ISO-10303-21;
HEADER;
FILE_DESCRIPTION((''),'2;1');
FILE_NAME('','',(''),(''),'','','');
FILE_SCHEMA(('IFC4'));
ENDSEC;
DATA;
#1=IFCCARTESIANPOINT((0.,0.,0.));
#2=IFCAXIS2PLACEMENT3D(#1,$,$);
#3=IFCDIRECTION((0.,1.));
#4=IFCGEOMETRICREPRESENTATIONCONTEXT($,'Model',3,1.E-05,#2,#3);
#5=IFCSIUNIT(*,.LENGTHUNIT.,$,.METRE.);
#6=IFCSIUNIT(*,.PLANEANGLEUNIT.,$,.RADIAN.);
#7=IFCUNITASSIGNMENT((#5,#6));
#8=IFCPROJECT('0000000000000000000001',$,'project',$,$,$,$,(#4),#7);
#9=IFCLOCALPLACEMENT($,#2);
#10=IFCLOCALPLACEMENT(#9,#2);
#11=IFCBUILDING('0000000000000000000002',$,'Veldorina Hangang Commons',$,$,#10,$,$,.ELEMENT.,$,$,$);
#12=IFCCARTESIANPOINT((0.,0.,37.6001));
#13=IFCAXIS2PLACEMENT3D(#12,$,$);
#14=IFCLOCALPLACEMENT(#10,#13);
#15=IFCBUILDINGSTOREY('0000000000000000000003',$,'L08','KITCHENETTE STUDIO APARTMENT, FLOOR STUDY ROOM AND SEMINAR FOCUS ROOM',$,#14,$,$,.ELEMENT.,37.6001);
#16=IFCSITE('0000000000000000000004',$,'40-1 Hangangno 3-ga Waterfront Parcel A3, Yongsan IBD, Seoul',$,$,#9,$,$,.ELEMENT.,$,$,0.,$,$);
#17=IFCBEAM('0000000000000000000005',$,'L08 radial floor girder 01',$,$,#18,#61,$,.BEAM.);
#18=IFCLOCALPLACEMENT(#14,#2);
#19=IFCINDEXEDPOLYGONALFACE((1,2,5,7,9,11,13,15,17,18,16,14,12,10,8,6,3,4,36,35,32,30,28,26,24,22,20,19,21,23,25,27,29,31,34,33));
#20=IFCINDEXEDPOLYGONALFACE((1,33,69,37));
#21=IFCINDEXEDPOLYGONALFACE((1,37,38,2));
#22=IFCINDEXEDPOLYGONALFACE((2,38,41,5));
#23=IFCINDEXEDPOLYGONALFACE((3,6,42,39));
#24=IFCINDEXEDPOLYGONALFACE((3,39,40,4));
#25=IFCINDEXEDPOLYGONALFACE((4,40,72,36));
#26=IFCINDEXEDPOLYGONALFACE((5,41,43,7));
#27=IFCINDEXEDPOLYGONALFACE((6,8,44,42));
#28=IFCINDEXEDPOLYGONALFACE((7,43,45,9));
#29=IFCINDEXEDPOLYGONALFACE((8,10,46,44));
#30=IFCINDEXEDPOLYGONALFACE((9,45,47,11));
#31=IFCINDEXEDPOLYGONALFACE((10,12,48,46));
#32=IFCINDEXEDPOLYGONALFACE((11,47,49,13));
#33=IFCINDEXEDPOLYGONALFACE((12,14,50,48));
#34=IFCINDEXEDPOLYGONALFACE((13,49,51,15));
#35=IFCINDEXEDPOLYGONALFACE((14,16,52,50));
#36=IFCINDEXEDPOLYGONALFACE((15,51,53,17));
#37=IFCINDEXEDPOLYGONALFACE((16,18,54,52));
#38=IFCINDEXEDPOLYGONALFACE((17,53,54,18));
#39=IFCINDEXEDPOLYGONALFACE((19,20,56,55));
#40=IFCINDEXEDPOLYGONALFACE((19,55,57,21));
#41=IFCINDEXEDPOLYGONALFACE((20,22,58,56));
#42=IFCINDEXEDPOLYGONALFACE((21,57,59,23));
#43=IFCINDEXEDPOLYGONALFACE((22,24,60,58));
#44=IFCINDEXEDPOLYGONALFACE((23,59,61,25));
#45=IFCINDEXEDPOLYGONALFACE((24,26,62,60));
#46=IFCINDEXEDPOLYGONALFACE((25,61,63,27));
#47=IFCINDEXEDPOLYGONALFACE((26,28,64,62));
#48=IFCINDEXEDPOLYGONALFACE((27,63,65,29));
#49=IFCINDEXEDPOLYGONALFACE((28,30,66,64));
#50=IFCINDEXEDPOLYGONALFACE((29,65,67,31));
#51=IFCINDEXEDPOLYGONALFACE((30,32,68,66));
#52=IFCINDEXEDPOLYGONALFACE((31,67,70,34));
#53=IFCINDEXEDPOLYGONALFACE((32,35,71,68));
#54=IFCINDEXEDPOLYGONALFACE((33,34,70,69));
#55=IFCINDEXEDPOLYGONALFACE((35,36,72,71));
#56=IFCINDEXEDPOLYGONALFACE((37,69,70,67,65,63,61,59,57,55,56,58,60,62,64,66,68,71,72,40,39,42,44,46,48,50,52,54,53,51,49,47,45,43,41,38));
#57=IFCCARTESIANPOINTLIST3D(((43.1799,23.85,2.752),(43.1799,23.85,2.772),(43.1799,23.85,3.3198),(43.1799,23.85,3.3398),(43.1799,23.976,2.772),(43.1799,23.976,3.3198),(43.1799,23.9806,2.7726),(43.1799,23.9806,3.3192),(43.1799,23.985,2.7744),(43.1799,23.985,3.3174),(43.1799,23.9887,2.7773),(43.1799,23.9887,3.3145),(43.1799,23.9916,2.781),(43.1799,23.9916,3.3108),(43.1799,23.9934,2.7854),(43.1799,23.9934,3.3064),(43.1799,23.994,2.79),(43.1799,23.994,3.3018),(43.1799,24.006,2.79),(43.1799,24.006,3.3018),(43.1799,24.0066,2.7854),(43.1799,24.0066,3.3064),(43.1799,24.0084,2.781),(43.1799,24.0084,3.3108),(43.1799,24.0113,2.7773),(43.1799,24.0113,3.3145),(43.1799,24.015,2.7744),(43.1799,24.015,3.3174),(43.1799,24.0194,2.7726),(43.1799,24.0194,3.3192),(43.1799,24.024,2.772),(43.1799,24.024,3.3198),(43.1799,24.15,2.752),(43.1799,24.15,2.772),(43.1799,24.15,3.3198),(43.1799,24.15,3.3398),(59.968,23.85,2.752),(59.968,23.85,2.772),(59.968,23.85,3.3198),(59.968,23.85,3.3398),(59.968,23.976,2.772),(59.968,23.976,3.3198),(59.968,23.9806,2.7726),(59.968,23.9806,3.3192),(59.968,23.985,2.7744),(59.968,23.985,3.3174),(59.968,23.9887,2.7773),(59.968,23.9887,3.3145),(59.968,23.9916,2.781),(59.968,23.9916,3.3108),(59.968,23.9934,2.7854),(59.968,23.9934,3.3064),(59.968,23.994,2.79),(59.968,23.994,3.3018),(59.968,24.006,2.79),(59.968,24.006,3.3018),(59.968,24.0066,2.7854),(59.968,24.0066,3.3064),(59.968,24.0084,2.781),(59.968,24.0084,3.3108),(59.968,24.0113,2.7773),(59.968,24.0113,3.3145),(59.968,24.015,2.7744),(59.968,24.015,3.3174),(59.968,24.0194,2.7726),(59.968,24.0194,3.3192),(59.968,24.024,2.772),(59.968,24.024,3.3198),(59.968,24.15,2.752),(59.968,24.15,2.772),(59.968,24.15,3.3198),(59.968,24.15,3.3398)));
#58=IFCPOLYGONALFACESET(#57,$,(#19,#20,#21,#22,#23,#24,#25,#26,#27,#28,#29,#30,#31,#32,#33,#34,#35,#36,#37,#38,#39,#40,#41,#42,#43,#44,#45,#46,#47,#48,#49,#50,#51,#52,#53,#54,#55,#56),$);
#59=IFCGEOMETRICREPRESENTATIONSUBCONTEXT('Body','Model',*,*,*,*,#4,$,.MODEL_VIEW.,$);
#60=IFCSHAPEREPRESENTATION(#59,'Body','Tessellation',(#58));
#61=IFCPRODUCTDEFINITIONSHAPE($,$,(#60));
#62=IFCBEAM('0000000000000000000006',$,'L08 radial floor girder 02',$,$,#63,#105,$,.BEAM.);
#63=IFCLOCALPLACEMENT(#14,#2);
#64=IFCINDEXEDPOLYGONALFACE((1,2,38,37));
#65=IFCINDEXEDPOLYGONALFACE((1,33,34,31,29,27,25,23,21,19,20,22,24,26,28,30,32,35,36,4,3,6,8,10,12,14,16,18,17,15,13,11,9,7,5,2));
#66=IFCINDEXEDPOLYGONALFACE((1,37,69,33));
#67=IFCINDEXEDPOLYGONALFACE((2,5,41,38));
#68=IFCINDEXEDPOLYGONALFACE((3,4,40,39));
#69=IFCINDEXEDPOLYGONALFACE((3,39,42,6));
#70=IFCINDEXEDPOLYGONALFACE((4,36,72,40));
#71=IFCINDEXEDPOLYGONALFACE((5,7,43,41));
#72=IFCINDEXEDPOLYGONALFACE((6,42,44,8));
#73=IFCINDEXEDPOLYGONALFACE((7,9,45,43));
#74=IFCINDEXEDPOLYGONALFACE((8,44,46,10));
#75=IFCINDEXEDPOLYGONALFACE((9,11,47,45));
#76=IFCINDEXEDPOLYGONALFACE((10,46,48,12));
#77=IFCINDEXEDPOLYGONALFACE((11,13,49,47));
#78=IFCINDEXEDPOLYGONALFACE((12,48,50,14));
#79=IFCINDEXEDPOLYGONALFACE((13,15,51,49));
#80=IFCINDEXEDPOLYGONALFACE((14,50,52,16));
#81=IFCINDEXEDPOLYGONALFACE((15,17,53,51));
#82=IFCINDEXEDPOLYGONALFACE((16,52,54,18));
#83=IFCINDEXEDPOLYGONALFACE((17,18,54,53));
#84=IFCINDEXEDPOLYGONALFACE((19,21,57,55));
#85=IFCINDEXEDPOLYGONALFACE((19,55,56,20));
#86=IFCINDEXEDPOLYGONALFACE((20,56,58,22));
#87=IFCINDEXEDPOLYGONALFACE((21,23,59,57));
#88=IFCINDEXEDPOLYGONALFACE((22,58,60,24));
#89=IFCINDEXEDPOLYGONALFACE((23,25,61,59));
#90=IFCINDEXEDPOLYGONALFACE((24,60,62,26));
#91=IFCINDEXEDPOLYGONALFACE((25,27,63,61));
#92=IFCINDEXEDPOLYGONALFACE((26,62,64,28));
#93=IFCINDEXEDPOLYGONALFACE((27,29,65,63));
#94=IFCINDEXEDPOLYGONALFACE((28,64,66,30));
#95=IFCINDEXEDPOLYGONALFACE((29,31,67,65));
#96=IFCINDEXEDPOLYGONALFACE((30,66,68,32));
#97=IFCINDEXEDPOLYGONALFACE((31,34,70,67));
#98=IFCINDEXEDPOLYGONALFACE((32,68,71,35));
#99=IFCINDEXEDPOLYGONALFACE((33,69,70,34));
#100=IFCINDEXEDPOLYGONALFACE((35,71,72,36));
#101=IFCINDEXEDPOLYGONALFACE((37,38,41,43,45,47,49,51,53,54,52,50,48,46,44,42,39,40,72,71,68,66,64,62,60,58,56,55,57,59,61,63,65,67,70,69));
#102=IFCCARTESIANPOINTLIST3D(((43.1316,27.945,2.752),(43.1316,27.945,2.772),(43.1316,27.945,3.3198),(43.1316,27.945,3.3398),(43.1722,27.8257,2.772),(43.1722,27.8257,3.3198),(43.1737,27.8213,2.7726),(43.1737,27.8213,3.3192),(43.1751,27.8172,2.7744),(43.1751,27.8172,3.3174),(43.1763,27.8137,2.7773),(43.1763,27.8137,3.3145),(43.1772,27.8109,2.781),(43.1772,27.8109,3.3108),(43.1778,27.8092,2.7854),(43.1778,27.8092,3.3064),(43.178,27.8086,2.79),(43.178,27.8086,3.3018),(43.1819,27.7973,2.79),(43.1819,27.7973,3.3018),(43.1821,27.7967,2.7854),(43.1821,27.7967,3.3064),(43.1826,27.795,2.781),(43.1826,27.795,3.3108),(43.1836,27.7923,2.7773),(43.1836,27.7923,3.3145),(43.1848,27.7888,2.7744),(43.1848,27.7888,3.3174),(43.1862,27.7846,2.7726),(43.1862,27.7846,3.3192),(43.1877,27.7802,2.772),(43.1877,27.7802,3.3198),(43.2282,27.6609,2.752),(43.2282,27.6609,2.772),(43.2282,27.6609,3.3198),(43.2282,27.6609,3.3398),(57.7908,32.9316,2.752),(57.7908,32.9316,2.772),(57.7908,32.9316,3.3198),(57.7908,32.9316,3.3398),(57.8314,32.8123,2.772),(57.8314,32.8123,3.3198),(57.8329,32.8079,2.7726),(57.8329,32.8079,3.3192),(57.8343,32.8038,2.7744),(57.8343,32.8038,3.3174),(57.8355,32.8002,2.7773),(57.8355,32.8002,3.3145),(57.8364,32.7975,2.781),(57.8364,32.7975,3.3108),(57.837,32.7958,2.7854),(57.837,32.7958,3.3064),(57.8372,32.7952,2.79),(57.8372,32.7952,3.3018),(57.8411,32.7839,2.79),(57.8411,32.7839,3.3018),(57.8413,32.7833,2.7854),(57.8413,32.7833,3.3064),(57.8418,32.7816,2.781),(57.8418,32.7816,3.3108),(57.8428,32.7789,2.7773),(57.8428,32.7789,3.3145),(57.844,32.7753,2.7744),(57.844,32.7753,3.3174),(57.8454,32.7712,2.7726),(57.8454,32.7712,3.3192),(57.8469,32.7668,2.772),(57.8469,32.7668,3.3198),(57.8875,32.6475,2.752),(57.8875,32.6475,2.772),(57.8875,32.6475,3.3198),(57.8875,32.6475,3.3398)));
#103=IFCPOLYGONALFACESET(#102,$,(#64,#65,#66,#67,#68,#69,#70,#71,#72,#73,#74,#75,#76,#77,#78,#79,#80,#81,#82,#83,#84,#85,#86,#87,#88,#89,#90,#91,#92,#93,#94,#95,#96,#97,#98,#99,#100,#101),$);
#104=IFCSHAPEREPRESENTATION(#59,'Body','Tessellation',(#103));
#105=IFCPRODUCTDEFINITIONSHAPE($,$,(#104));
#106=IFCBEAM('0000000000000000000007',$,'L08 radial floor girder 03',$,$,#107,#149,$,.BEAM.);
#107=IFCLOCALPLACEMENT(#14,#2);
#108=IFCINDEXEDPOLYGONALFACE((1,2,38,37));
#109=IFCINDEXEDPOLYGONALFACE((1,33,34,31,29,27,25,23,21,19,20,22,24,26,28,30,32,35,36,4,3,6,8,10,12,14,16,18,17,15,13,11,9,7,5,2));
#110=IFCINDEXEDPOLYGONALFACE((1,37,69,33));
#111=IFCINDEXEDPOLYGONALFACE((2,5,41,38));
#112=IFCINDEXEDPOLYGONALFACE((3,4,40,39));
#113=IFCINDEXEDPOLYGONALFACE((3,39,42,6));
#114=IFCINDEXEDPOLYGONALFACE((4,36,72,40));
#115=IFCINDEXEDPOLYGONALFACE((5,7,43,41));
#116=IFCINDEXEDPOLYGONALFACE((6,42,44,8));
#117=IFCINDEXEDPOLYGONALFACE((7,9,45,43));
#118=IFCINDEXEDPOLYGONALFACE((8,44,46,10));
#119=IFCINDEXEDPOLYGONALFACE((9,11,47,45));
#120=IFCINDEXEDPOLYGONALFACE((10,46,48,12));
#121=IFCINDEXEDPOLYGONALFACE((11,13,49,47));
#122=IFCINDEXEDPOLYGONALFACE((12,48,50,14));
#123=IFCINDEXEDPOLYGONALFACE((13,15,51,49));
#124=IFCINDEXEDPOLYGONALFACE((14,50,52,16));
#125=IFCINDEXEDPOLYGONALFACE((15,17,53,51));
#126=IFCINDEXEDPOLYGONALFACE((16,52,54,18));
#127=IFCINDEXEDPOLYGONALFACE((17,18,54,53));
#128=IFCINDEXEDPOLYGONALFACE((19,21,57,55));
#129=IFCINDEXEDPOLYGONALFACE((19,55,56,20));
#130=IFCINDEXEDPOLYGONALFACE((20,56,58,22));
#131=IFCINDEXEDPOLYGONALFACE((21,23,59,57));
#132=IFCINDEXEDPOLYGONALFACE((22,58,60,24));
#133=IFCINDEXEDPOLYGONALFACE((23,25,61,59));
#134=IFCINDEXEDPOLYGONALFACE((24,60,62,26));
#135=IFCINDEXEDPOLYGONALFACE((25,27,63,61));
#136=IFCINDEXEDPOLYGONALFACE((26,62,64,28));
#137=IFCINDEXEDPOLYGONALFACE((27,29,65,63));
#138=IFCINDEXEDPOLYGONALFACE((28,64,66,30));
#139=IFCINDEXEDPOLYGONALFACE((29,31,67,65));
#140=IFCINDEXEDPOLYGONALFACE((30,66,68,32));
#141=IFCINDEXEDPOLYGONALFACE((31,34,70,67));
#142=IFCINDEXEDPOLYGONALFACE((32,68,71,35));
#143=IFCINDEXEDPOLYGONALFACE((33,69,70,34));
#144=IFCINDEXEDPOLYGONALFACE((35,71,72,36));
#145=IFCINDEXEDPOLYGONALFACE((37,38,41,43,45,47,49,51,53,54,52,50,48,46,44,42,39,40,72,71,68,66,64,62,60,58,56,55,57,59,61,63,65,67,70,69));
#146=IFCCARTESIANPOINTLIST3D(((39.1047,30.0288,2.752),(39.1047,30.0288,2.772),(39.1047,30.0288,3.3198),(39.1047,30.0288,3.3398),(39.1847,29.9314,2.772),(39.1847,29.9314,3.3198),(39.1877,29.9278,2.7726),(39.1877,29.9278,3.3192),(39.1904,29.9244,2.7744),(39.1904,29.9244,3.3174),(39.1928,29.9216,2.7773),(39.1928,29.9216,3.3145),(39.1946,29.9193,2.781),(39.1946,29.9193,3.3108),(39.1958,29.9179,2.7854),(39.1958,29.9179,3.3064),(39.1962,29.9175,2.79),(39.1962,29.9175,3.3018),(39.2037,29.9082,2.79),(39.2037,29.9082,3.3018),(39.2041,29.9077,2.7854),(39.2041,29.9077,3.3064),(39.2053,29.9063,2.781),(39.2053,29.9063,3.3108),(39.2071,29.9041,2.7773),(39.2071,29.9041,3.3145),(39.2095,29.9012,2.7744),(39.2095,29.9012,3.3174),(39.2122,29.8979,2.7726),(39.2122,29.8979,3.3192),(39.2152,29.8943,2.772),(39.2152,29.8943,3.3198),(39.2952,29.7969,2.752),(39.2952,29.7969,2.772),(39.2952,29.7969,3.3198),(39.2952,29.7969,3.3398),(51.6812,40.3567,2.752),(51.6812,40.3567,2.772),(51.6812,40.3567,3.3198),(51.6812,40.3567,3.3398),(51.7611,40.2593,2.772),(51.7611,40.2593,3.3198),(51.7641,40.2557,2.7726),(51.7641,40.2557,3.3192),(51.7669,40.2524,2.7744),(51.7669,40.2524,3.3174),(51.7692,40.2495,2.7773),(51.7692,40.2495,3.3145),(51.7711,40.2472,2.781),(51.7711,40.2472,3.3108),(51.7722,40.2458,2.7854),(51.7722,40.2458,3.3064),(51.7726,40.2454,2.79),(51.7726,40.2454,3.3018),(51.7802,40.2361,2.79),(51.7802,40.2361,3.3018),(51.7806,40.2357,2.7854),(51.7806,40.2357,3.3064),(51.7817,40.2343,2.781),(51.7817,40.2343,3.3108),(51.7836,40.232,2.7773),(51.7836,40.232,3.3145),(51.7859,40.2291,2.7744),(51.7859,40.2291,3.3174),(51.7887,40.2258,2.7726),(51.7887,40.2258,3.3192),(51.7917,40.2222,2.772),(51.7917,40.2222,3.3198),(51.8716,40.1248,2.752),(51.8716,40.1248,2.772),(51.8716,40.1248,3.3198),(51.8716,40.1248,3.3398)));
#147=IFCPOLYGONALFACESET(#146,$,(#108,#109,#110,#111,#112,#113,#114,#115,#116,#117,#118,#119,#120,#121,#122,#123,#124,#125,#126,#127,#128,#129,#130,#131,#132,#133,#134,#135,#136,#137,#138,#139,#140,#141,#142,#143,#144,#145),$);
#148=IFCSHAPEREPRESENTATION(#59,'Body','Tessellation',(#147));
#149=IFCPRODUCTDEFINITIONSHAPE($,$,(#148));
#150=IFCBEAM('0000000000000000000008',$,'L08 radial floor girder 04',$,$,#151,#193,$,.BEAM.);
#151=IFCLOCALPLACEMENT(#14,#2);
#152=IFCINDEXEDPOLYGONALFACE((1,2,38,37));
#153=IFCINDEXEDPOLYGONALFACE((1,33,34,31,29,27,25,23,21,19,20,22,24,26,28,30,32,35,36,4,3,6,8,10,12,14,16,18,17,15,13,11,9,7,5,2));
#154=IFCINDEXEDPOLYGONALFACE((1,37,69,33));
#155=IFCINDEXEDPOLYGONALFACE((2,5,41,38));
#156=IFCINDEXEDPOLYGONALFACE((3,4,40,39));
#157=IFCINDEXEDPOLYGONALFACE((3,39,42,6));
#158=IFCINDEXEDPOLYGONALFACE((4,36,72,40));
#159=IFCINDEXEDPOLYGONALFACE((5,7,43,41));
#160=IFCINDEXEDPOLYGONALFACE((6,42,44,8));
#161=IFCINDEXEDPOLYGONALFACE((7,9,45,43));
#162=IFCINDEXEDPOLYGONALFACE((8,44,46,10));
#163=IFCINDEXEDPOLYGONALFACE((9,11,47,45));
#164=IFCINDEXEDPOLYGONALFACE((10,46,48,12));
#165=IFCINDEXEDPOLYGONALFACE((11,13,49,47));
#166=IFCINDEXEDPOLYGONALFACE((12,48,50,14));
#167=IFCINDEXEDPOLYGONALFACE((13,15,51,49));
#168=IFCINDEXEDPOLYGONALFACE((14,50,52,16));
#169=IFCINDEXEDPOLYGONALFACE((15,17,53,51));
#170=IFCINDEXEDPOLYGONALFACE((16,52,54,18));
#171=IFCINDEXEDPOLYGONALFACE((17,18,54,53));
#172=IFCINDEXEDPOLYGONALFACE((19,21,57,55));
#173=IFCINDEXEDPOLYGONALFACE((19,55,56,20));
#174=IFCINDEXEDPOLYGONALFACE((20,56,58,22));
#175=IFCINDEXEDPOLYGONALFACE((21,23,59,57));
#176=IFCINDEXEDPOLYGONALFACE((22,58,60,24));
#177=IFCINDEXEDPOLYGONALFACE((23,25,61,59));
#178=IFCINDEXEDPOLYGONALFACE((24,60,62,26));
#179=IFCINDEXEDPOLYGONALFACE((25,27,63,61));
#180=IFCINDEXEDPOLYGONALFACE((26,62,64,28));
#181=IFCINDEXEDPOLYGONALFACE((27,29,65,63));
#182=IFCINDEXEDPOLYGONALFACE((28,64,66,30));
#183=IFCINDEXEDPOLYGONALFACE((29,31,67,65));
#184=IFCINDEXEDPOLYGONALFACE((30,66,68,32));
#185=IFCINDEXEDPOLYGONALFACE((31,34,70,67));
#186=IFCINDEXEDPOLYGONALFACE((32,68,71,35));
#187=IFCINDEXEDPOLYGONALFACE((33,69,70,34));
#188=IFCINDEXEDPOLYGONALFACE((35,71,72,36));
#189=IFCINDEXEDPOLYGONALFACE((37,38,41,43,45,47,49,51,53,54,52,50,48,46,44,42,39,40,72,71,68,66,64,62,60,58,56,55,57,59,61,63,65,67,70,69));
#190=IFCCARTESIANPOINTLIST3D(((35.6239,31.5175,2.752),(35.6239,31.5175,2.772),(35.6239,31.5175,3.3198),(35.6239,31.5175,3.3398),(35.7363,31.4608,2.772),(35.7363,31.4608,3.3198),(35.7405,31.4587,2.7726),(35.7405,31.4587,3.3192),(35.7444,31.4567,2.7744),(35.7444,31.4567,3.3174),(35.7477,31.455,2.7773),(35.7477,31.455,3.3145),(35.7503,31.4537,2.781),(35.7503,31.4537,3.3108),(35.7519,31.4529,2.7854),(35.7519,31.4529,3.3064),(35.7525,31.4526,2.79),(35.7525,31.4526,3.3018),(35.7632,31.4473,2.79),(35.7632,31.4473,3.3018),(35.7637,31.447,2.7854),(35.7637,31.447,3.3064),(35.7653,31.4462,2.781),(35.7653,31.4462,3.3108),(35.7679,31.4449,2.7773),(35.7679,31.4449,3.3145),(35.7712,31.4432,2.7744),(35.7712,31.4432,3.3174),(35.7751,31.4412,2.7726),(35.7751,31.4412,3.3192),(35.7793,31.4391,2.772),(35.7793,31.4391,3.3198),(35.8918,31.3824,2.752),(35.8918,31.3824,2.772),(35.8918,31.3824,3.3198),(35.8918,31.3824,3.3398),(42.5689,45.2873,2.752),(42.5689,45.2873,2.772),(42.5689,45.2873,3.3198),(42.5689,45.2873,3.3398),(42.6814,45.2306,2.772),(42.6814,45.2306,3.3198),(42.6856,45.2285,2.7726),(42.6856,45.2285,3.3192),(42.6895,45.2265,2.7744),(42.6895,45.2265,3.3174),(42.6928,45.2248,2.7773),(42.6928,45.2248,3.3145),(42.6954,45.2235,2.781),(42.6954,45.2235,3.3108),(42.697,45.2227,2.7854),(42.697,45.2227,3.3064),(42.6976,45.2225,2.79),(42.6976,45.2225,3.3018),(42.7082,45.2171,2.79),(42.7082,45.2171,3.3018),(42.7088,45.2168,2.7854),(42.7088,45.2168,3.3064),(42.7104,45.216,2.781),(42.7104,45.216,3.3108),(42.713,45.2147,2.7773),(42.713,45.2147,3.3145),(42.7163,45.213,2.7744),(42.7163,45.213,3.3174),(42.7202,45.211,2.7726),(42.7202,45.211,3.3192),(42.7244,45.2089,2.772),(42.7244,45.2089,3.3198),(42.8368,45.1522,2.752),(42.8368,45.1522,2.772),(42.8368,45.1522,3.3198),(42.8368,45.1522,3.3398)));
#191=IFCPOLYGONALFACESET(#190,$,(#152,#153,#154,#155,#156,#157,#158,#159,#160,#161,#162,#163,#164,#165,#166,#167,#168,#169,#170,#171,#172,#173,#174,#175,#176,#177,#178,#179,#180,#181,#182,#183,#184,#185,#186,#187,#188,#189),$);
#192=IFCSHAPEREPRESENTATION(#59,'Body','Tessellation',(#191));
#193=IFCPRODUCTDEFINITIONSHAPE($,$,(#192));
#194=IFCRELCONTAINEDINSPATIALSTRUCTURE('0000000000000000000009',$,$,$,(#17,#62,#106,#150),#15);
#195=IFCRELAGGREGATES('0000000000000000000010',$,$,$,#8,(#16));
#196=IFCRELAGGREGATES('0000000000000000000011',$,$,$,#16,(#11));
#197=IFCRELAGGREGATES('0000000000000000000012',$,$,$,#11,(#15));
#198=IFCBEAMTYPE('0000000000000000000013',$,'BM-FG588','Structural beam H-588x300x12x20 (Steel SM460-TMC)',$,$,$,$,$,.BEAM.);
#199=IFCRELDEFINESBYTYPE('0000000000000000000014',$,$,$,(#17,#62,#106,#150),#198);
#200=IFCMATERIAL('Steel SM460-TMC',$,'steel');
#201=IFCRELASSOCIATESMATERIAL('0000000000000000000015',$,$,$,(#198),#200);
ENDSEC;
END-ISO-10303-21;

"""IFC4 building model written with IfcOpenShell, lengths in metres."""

from ifc_helpers import new_model, si_unit, direction, frame, origin, origin_2d, place, context, subcontext, project, spatial, i_section, extrude, material, material_profile, profile_set, type_object, element, save


model = new_model("IFC4")

# Units and contexts
model_context = context("Model", 3, precision=1e-05, world=origin(), true_north=direction((0.0, 1.0)))
body_context = subcontext(model_context, "Body", "Model", "MODEL_VIEW")
ifc_project = project(units=[si_unit("LENGTHUNIT", "METRE"), si_unit("PLANEANGLEUNIT", "RADIAN")], contexts=[model_context])

# Site, building, storey
site_placement = place(None, origin())
site = spatial("IfcSite", under=ifc_project, at=site_placement, Name="40-1 Hangangno 3-ga Waterfront Parcel A3, Yongsan IBD, Seoul", CompositionType="ELEMENT", RefElevation=0.0)
building_placement = place(site_placement, origin())
building = spatial("IfcBuilding", under=site, at=building_placement, Name="Veldorina Hangang Commons", CompositionType="ELEMENT")
storey_placement = place(building_placement, frame((0.0, 0.0, 37.6001)))
storey = spatial("IfcBuildingStorey", under=building, at=storey_placement, Name="L08", Description="KITCHENETTE STUDIO APARTMENT, FLOOR STUDY ROOM AND SEMINAR FOCUS ROOM", CompositionType="ELEMENT", Elevation=37.6001)

# Beams
ifc_material_1 = material(Name="Steel SM460-TMC", Category="steel")
ifc_material_profile = material_profile(ifc_material_1, i_section(OverallWidth=0.3, OverallDepth=0.5879, WebThickness=0.012, FlangeThickness=0.02, FilletRadius=0.0181, at=origin_2d()), Name="H-588x300x12x20")
ifc_profile_set = profile_set([ifc_material_profile], Name="Steel SM460-TMC")
beam_type = type_object("IfcBeamType", Name="BM-FG588", Description="Structural beam H-588x300x12x20 (Steel SM460-TMC)", PredefinedType="BEAM", material=ifc_profile_set)
beam_1_placement = place(storey_placement, frame((43.1799, 24.0, 3.0459), z_axis=(1.0, 0.0, 0.0), x_axis=(0.0, 1.0, 0.0)))
element("IfcBeam", 1, at=beam_1_placement, inside=storey, type_object=beam_type, Name="L08 radial floor girder 01", PredefinedType="BEAM", context=body_context, shape_type="SweptSolid", body=[
    extrude(i_section(OverallWidth=0.3, OverallDepth=0.5879, WebThickness=0.012, FlangeThickness=0.02, FilletRadius=0.0181, at=origin_2d()), origin(), (0.0, 0.0, 1.0), 16.7881),
])
beam_2_placement = place(storey_placement, frame((43.1799, 27.803, 3.0459), z_axis=(0.946724, 0.322045, 0.0), x_axis=(-0.322045, 0.946724, 0.0)))
element("IfcBeam", 2, at=beam_2_placement, inside=storey, type_object=beam_type, Name="L08 radial floor girder 02", PredefinedType="BEAM", context=body_context, shape_type="SweptSolid", body=[
    extrude(i_section(OverallWidth=0.3, OverallDepth=0.5879, WebThickness=0.012, FlangeThickness=0.02, FilletRadius=0.0181, at=origin_2d()), origin(), (0.0, 0.0, 1.0), 15.4841),
])
beam_3_placement = place(storey_placement, frame((39.2, 29.9128, 3.0459), z_axis=(0.772809, 0.634639, 0.0), x_axis=(-0.634639, 0.772809, 0.0)))
element("IfcBeam", 3, at=beam_3_placement, inside=storey, type_object=beam_type, Name="L08 radial floor girder 03", PredefinedType="BEAM", context=body_context, shape_type="SweptSolid", body=[
    extrude(i_section(OverallWidth=0.3, OverallDepth=0.5879, WebThickness=0.012, FlangeThickness=0.02, FilletRadius=0.0181, at=origin_2d()), origin(), (0.0, 0.0, 1.0), 16.2737),
])
beam_4_placement = place(storey_placement, frame((35.7578, 31.45, 3.0459), z_axis=(0.450333, 0.892861, 0.0), x_axis=(-0.892861, 0.450333, 0.0)))
element("IfcBeam", 4, at=beam_4_placement, inside=storey, type_object=beam_type, Name="L08 radial floor girder 04", PredefinedType="BEAM", context=body_context, shape_type="SweptSolid", body=[
    extrude(i_section(OverallWidth=0.3, OverallDepth=0.5879, WebThickness=0.012, FlangeThickness=0.02, FilletRadius=0.0181, at=origin_2d()), origin(), (0.0, 0.0, 1.0), 15.4221),
])

save(model, "model.ifc")
